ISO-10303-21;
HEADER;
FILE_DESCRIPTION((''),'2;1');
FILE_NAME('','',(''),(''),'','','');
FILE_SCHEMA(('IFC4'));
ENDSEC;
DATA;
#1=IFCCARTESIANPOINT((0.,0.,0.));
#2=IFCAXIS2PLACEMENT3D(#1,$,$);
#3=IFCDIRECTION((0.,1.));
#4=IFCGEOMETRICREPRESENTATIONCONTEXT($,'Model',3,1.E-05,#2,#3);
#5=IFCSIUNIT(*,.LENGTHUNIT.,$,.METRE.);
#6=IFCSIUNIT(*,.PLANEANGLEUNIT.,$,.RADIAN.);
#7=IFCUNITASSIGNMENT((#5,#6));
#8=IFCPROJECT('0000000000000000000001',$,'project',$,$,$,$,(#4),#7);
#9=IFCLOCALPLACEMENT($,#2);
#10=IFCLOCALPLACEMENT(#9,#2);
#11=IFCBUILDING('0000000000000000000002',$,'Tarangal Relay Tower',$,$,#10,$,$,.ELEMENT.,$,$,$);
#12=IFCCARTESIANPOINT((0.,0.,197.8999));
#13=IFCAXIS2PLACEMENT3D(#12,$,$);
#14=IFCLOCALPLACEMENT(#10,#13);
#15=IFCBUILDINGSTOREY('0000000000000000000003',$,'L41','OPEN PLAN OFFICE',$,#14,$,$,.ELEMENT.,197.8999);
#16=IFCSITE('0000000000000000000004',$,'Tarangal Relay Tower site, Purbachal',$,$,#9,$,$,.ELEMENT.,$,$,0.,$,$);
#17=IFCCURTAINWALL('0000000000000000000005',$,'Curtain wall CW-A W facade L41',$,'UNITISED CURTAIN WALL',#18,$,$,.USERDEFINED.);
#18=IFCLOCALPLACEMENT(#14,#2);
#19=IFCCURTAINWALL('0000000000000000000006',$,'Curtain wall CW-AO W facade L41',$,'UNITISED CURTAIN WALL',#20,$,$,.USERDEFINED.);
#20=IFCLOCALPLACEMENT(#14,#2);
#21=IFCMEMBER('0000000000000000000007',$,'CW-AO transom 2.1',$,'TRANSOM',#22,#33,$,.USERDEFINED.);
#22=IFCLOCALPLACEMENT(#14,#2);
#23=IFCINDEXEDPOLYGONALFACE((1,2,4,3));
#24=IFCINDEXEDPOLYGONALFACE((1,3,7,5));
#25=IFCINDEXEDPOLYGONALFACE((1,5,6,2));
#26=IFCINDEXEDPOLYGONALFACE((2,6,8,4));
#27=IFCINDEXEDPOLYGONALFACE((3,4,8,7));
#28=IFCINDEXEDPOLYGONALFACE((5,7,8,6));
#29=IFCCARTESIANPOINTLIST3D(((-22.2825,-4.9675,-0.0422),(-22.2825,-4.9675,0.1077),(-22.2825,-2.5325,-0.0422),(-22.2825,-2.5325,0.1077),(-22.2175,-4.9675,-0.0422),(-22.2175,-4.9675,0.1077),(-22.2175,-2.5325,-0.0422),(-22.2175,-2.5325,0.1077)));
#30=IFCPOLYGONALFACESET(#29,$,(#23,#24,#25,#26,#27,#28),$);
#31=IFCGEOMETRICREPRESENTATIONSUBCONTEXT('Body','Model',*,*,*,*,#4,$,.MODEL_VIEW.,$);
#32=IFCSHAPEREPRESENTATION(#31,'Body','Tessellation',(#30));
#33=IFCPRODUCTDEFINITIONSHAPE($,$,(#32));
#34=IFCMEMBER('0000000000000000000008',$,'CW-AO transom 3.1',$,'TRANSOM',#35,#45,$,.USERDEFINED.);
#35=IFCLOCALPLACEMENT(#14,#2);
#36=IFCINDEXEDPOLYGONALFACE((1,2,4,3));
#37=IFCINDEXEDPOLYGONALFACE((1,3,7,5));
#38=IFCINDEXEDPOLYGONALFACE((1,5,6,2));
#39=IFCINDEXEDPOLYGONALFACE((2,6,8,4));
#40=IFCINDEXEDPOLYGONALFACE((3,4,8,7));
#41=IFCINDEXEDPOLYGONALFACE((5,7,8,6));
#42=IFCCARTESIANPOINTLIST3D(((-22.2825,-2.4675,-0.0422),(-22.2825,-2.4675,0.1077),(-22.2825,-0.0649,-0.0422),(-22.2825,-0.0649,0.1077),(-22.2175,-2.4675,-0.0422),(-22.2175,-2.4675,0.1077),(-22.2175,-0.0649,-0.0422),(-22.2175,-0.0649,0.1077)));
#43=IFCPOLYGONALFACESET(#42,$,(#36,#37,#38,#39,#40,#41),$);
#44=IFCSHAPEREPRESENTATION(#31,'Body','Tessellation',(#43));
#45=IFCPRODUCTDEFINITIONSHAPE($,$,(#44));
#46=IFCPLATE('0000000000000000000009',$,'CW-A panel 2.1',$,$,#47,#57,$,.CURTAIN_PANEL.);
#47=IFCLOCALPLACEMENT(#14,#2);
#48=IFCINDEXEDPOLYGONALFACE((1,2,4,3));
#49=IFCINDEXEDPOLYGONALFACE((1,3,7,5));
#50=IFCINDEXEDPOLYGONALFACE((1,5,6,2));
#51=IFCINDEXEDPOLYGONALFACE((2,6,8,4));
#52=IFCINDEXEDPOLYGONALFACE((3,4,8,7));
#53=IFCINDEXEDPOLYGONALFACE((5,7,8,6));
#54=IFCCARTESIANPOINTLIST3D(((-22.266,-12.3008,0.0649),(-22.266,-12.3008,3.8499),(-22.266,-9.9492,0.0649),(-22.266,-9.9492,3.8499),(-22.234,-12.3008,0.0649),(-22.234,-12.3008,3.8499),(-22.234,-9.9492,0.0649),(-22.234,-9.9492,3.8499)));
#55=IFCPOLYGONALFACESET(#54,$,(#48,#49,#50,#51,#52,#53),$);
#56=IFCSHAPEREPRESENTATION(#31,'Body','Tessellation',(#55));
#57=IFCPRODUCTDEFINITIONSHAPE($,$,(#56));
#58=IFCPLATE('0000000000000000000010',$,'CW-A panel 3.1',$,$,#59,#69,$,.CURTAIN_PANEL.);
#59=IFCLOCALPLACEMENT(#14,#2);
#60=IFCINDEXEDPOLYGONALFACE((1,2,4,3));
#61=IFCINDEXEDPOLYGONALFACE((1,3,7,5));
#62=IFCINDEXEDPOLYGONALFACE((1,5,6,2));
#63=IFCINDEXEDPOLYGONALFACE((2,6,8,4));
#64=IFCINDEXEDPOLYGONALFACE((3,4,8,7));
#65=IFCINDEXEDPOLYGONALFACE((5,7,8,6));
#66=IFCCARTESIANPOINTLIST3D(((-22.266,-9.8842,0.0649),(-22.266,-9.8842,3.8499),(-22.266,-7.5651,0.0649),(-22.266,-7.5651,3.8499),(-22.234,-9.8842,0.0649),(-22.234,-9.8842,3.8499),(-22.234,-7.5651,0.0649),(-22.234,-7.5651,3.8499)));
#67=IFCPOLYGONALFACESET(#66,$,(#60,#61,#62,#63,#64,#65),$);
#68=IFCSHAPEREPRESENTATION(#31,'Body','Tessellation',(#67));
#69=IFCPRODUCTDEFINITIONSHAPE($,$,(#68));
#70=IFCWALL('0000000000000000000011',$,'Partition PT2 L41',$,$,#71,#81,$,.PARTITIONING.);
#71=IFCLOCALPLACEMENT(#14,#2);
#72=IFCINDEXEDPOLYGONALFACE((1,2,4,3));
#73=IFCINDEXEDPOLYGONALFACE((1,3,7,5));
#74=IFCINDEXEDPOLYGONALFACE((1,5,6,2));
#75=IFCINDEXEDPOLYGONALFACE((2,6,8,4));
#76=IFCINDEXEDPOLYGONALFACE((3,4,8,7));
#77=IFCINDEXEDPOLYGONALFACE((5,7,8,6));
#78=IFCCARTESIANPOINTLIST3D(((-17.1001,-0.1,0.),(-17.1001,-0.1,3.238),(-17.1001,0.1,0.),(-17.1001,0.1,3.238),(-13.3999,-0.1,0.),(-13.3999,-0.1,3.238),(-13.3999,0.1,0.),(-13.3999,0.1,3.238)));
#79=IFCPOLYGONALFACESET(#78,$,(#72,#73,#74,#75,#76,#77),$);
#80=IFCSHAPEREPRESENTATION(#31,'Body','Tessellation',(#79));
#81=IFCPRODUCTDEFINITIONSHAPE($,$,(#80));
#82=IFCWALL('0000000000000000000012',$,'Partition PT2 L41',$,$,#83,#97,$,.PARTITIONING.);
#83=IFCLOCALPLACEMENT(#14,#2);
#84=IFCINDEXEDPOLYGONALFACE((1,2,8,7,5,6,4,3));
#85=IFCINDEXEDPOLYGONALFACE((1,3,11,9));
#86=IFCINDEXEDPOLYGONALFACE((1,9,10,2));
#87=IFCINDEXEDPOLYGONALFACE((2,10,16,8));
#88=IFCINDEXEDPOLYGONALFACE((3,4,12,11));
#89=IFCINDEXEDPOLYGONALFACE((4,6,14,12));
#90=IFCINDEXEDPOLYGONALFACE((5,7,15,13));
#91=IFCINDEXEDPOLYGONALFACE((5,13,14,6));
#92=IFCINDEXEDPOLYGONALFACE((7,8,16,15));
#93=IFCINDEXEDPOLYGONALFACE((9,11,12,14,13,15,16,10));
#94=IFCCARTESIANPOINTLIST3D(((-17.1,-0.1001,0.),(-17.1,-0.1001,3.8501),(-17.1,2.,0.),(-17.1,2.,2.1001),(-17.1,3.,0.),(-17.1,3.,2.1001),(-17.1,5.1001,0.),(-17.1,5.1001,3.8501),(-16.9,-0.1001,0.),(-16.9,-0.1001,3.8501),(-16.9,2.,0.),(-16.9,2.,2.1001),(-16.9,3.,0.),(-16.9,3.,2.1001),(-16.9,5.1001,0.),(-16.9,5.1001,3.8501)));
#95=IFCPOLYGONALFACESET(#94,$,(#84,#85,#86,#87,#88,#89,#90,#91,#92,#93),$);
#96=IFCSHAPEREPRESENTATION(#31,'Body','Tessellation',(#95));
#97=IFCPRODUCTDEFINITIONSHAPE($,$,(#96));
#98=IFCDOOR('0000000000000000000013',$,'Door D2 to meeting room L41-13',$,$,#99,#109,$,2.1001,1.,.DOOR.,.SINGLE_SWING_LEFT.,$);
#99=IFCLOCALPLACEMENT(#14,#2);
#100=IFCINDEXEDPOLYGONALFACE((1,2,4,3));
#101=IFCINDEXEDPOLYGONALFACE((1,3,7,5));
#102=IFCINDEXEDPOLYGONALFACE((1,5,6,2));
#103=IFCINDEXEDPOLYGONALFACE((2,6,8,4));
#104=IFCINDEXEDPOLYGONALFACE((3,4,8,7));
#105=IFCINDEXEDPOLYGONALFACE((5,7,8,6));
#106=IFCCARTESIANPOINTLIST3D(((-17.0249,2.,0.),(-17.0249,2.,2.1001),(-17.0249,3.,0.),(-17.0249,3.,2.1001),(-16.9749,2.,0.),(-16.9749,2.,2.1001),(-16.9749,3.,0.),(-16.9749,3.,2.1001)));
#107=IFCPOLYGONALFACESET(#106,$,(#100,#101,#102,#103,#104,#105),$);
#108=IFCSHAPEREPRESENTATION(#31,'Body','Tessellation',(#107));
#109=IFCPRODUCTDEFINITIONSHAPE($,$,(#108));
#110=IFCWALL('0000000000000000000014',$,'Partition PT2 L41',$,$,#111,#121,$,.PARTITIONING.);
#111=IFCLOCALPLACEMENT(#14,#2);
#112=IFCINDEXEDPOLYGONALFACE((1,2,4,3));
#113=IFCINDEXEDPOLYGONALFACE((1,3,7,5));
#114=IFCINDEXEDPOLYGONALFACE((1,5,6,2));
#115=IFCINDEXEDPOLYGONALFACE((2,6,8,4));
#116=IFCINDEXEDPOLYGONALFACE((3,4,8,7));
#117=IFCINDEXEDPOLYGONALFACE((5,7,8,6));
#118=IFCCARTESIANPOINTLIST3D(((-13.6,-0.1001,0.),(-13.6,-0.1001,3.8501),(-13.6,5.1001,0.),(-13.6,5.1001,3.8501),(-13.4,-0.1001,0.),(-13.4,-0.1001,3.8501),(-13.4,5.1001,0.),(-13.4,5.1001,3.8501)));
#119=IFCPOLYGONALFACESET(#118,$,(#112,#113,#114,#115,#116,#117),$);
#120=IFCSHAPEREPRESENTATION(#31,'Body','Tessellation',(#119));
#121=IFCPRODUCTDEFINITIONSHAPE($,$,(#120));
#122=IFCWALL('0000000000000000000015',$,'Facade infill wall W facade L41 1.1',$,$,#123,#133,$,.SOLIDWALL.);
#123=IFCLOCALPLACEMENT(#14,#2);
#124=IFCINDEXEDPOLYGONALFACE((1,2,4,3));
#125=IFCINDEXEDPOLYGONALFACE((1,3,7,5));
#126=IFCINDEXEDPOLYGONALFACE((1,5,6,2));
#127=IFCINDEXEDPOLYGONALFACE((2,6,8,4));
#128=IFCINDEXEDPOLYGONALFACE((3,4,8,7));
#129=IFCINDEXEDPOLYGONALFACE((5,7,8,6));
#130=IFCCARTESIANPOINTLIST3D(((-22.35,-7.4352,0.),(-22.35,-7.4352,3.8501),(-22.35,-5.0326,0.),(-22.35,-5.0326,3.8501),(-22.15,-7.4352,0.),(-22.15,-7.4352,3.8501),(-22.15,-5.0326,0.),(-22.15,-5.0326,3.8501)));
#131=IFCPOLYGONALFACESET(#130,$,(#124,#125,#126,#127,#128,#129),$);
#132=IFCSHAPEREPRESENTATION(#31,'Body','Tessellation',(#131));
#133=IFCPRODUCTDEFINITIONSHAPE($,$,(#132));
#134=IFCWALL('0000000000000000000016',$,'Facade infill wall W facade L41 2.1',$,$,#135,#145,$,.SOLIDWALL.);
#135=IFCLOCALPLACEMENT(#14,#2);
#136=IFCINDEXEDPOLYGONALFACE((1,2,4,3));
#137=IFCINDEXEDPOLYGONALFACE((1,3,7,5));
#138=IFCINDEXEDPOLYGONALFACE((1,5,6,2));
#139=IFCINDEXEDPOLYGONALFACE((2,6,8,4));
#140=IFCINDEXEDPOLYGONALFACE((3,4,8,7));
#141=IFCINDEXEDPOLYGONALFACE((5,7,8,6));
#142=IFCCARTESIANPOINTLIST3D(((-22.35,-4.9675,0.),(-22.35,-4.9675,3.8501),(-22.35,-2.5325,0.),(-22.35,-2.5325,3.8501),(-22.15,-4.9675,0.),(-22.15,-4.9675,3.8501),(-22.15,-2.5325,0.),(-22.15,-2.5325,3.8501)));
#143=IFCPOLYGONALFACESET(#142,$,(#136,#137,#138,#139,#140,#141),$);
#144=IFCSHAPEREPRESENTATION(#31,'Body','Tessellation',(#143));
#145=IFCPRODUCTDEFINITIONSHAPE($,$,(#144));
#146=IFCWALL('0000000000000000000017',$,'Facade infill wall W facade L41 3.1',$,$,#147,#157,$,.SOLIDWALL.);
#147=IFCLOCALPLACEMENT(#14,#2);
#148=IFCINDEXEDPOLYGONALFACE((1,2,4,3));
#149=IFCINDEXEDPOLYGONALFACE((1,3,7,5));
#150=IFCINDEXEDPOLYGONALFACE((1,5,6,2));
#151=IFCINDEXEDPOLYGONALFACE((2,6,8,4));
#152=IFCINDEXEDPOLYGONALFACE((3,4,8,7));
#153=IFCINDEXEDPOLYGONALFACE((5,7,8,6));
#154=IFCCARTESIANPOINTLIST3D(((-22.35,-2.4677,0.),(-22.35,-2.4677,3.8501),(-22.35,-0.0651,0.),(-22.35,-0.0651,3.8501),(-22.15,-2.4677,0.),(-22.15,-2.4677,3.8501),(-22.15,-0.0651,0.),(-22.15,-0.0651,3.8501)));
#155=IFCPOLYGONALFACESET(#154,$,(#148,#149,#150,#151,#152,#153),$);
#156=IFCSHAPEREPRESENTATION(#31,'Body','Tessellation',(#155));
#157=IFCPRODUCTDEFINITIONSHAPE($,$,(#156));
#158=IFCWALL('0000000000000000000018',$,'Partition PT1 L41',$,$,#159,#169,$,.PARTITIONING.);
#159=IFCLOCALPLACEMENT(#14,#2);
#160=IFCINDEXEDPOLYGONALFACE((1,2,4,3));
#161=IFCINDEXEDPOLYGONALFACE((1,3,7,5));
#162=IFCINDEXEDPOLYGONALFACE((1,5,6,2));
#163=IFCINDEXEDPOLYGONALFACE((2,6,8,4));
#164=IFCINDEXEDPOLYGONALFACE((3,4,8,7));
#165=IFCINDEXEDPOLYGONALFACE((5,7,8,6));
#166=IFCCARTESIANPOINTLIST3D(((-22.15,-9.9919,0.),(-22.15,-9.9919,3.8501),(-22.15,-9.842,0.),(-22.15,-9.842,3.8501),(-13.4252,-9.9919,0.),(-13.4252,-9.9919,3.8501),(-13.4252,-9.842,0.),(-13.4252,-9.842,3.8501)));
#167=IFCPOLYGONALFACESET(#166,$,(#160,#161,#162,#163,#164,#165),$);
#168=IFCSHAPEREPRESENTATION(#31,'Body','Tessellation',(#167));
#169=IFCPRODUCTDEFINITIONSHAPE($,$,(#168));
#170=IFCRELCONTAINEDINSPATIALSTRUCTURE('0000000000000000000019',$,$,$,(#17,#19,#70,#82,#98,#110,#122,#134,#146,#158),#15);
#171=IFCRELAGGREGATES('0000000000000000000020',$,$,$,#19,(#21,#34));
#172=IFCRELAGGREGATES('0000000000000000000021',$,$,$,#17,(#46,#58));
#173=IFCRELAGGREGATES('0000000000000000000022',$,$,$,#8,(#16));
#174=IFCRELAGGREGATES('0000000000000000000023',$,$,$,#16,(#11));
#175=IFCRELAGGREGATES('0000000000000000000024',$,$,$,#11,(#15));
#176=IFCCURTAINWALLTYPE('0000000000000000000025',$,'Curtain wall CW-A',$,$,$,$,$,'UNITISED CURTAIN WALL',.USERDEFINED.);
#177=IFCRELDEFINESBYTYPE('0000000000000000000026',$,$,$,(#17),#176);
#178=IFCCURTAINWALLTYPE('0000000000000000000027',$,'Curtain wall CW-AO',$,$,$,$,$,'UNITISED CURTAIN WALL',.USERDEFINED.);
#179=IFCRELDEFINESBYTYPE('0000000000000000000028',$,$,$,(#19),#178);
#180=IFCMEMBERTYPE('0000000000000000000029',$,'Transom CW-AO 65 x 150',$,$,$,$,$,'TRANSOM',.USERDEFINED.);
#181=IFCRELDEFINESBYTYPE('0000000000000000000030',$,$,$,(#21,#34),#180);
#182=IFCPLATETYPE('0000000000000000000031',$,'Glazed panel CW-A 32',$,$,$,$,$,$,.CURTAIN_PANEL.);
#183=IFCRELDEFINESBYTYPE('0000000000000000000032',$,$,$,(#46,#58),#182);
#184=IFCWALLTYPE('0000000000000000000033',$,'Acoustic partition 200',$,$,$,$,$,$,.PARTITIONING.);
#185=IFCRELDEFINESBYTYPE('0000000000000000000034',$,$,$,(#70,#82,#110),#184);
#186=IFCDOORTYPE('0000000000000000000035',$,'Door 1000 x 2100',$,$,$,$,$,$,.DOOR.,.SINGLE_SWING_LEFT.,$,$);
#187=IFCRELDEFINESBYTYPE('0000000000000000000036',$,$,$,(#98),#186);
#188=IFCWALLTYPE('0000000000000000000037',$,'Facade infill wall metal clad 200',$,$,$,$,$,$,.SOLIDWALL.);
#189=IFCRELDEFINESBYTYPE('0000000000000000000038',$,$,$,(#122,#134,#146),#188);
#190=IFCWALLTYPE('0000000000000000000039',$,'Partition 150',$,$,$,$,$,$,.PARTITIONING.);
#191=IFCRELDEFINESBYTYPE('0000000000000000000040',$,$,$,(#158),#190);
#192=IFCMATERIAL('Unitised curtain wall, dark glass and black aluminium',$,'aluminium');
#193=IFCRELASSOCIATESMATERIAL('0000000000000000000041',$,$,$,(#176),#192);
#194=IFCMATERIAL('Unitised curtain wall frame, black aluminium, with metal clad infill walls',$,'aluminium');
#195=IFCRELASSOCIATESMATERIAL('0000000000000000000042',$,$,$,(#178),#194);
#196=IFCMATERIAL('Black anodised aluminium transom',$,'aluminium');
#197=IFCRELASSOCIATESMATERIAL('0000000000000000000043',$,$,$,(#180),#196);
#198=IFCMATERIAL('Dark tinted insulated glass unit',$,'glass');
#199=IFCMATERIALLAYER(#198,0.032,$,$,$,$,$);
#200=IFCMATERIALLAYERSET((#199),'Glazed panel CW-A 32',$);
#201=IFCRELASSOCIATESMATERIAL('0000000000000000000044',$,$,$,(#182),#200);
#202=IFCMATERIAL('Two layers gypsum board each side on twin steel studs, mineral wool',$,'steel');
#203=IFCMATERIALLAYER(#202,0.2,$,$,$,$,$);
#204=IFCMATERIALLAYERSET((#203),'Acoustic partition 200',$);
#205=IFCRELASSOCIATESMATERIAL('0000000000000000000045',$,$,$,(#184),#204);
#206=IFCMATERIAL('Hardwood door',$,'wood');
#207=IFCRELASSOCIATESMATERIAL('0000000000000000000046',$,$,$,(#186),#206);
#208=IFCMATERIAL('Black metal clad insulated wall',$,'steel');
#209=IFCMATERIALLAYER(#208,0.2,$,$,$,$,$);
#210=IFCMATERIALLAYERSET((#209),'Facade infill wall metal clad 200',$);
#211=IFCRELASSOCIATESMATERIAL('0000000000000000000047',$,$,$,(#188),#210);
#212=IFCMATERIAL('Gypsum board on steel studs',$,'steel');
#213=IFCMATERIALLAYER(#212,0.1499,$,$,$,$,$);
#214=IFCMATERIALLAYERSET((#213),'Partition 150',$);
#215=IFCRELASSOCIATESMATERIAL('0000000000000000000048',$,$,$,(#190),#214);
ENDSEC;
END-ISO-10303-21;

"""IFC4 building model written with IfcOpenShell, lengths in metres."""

from ifc_helpers import new_model, si_unit, direction, frame, frame_2d, origin, origin_2d, place, context, subcontext, project, spatial, rectangle, extrude, material, layer, layer_set, material_profile, profile_set, type_object, element, fill, aggregate, save


model = new_model("IFC4")

# Units and contexts
model_context = context("Model", 3, precision=1e-05, world=origin(), true_north=direction((0.0, 1.0)))
body_context = subcontext(model_context, "Body", "Model", "MODEL_VIEW")
ifc_project = project(units=[si_unit("LENGTHUNIT", "METRE"), si_unit("PLANEANGLEUNIT", "RADIAN")], contexts=[model_context])

# Site, building, storey
site_placement = place(None, origin())
site = spatial("IfcSite", under=ifc_project, at=site_placement, Name="Tarangal Relay Tower site, Purbachal", CompositionType="ELEMENT", RefElevation=0.0)
building_placement = place(site_placement, origin())
building = spatial("IfcBuilding", under=site, at=building_placement, Name="Tarangal Relay Tower", CompositionType="ELEMENT")
storey_placement = place(building_placement, frame((0.0, 0.0, 197.8999)))
storey = spatial("IfcBuildingStorey", under=building, at=storey_placement, Name="L41", Description="OPEN PLAN OFFICE", CompositionType="ELEMENT", Elevation=197.8999)

# Curtain walls
ifc_material_1 = material(Name="Unitised curtain wall, dark glass and black aluminium", Category="aluminium")
curtain_wall_type_1 = type_object("IfcCurtainWallType", Name="Curtain wall CW-A", ElementType="UNITISED CURTAIN WALL", PredefinedType="USERDEFINED", material=ifc_material_1)
curtain_wall_1_placement = place(storey_placement, origin())
curtain_wall_1 = element("IfcCurtainWall", 1, at=curtain_wall_1_placement, inside=storey, type_object=curtain_wall_type_1, Name="Curtain wall CW-A W facade L41", ObjectType="UNITISED CURTAIN WALL", PredefinedType="USERDEFINED")
ifc_material_2 = material(Name="Unitised curtain wall frame, black aluminium, with metal clad infill walls", Category="aluminium")
curtain_wall_type_2 = type_object("IfcCurtainWallType", Name="Curtain wall CW-AO", ElementType="UNITISED CURTAIN WALL", PredefinedType="USERDEFINED", material=ifc_material_2)
curtain_wall_2_placement = place(storey_placement, origin())
curtain_wall_2 = element("IfcCurtainWall", 2, at=curtain_wall_2_placement, inside=storey, type_object=curtain_wall_type_2, Name="Curtain wall CW-AO W facade L41", ObjectType="UNITISED CURTAIN WALL", PredefinedType="USERDEFINED")

# Members
ifc_material_3 = material(Name="Black anodised aluminium transom", Category="aluminium")
ifc_material_profile_1 = material_profile(ifc_material_3, rectangle(XDim=0.0649, YDim=0.1499, at=origin_2d()), Name="CW-AOT 65X150")
ifc_profile_set_1 = profile_set([ifc_material_profile_1], Name="Black anodised aluminium transom")
member_type_1 = type_object("IfcMemberType", Name="Transom CW-AO 65 x 150", ElementType="TRANSOM", PredefinedType="USERDEFINED", material=ifc_profile_set_1)
member_1_placement = place(storey_placement, frame((-22.25, -4.9675, 0.0327), z_axis=(0.0, 1.0, 0.0), x_axis=(-1.0, 0.0, 0.0)))
member_1 = element("IfcMember", 3, at=member_1_placement, type_object=member_type_1, Name="CW-AO transom 2.1", ObjectType="TRANSOM", PredefinedType="USERDEFINED", context=body_context, shape_type="SweptSolid", body=[
    extrude(rectangle(XDim=0.0649, YDim=0.1499, at=origin_2d()), origin(), (0.0, 0.0, 1.0), 2.4351),
])
member_2_placement = place(storey_placement, frame((-22.25, -2.4675, 0.0327), z_axis=(0.0, 1.0, 0.0), x_axis=(-1.0, 0.0, 0.0)))
member_2 = element("IfcMember", 4, at=member_2_placement, type_object=member_type_1, Name="CW-AO transom 3.1", ObjectType="TRANSOM", PredefinedType="USERDEFINED", context=body_context, shape_type="SweptSolid", body=[
    extrude(rectangle(XDim=0.0649, YDim=0.1499, at=origin_2d()), origin(), (0.0, 0.0, 1.0), 2.4026),
])
aggregate(curtain_wall_2, [member_1, member_2])

# Plates
ifc_material_4 = material(Name="Dark tinted insulated glass unit", Category="glass")
ifc_layer_1 = layer(ifc_material_4, 0.032)
ifc_layer_set_1 = layer_set([ifc_layer_1], Name="Glazed panel CW-A 32")
plate_type = type_object("IfcPlateType", Name="Glazed panel CW-A 32", PredefinedType="CURTAIN_PANEL", material=ifc_layer_set_1)
plate_1_placement = place(storey_placement, frame((-22.25, -11.125, 0.0649), z_axis=(0.0, 0.0, 1.0), x_axis=(0.0, 1.0, 0.0)))
plate_1 = element("IfcPlate", 5, at=plate_1_placement, type_object=plate_type, Name="CW-A panel 2.1", PredefinedType="CURTAIN_PANEL", context=body_context, shape_type="SweptSolid", body=[
    extrude(rectangle(XDim=2.3516, YDim=0.032, at=origin_2d()), origin(), (0.0, 0.0, 1.0), 3.7849),
])
plate_2_placement = place(storey_placement, frame((-22.25, -8.7246, 0.0649), z_axis=(0.0, 0.0, 1.0), x_axis=(0.0, 1.0, 0.0)))
plate_2 = element("IfcPlate", 6, at=plate_2_placement, type_object=plate_type, Name="CW-A panel 3.1", PredefinedType="CURTAIN_PANEL", context=body_context, shape_type="SweptSolid", body=[
    extrude(rectangle(XDim=2.3191, YDim=0.032, at=origin_2d()), origin(), (0.0, 0.0, 1.0), 3.7849),
])
aggregate(curtain_wall_1, [plate_1, plate_2])

# Wall
ifc_material_5 = material(Name="Two layers gypsum board each side on twin steel studs, mineral wool", Category="steel")
ifc_layer_2 = layer(ifc_material_5, 0.2)
ifc_layer_set_2 = layer_set([ifc_layer_2], Name="Acoustic partition 200")
wall_type_1 = type_object("IfcWallType", Name="Acoustic partition 200", PredefinedType="PARTITIONING", material=ifc_layer_set_2)
wall_1_placement = place(storey_placement, frame((-17.1001, 0.0, 0.0), z_axis=(0.0, 0.0, 1.0), x_axis=(1.0, 0.0, 0.0)))
element("IfcWall", 7, at=wall_1_placement, inside=storey, type_object=wall_type_1, Name="Partition PT2 L41", PredefinedType="PARTITIONING", context=body_context, shape_type="SweptSolid", body=[
    extrude(rectangle(XDim=3.7002, YDim=0.2, at=frame_2d((1.8501, 0.0))), origin(), (0.0, 0.0, 1.0), 3.238),
])

# Wall, opening, door
wall_2_placement = place(storey_placement, frame((-17.0, -0.1001, 0.0), z_axis=(0.0, 0.0, 1.0), x_axis=(0.0, 1.0, 0.0)))
wall_2 = element("IfcWall", 8, at=wall_2_placement, inside=storey, type_object=wall_type_1, Name="Partition PT2 L41", PredefinedType="PARTITIONING", context=body_context, shape_type="SweptSolid", body=[
    extrude(rectangle(XDim=5.2002, YDim=0.2, at=frame_2d((2.6001, 0.0))), origin(), (0.0, 0.0, 1.0), 3.8501),
])
opening_1_placement = place(wall_2_placement, frame((2.1001, 0.0, 0.0)))
opening_1 = element("IfcOpeningElement", 9, at=opening_1_placement, cuts=wall_2, PredefinedType="OPENING", context=body_context, shape_type="SweptSolid", body=[
    extrude(rectangle(XDim=1.0, YDim=2.1001, at=frame_2d((0.5, 1.05))), frame((0.0, 0.1099, 0.0), z_axis=(0.0, -1.0, 0.0), x_axis=(1.0, 0.0, 0.0)), (0.0, 0.0, 1.0), 0.22),
])
ifc_material_6 = material(Name="Hardwood door", Category="wood")
door_type = type_object("IfcDoorType", Name="Door 1000 x 2100", OperationType="SINGLE_SWING_LEFT", PredefinedType="DOOR", material=ifc_material_6)
door_1_placement = place(opening_1_placement, origin())
door_1 = element("IfcDoor", 10, at=door_1_placement, inside=storey, type_object=door_type, Name="Door D2 to meeting room L41-13", OperationType="SINGLE_SWING_LEFT", OverallHeight=2.1001, OverallWidth=1.0, PredefinedType="DOOR", context=body_context, shape_type="SweptSolid", body=[
    extrude(rectangle(XDim=1.0, YDim=2.1001, at=frame_2d((0.5, 1.05))), frame((0.0, 0.0249, 0.0), z_axis=(0.0, -1.0, 0.0), x_axis=(1.0, 0.0, 0.0)), (0.0, 0.0, 1.0), 0.05),
])
fill(opening_1, door_1)

# Walls
wall_3_placement = place(storey_placement, frame((-13.5, -0.1001, 0.0), z_axis=(0.0, 0.0, 1.0), x_axis=(0.0, 1.0, 0.0)))
element("IfcWall", 11, at=wall_3_placement, inside=storey, type_object=wall_type_1, Name="Partition PT2 L41", PredefinedType="PARTITIONING", context=body_context, shape_type="SweptSolid", body=[
    extrude(rectangle(XDim=5.2002, YDim=0.2, at=frame_2d((2.6001, 0.0))), origin(), (0.0, 0.0, 1.0), 3.8501),
])
ifc_material_7 = material(Name="Black metal clad insulated wall", Category="steel")
ifc_layer_3 = layer(ifc_material_7, 0.2)
ifc_layer_set_3 = layer_set([ifc_layer_3], Name="Facade infill wall metal clad 200")
wall_type_2 = type_object("IfcWallType", Name="Facade infill wall metal clad 200", PredefinedType="SOLIDWALL", material=ifc_layer_set_3)
wall_4_placement = place(storey_placement, frame((-22.25, -7.4351, 0.0), z_axis=(0.0, 0.0, 1.0), x_axis=(0.0, 1.0, 0.0)))
element("IfcWall", 12, at=wall_4_placement, inside=storey, type_object=wall_type_2, Name="Facade infill wall W facade L41 1.1", PredefinedType="SOLIDWALL", context=body_context, shape_type="SweptSolid", body=[
    extrude(rectangle(XDim=2.4026, YDim=0.2, at=frame_2d((1.2012, 0.0))), origin(), (0.0, 0.0, 1.0), 3.8501),
])
wall_5_placement = place(storey_placement, frame((-22.25, -4.9675, 0.0), z_axis=(0.0, 0.0, 1.0), x_axis=(0.0, 1.0, 0.0)))
element("IfcWall", 13, at=wall_5_placement, inside=storey, type_object=wall_type_2, Name="Facade infill wall W facade L41 2.1", PredefinedType="SOLIDWALL", context=body_context, shape_type="SweptSolid", body=[
    extrude(rectangle(XDim=2.4351, YDim=0.2, at=frame_2d((1.2175, 0.0))), origin(), (0.0, 0.0, 1.0), 3.8501),
])
wall_6_placement = place(storey_placement, frame((-22.25, -2.4675, 0.0), z_axis=(0.0, 0.0, 1.0), x_axis=(0.0, 1.0, 0.0)))
element("IfcWall", 14, at=wall_6_placement, inside=storey, type_object=wall_type_2, Name="Facade infill wall W facade L41 3.1", PredefinedType="SOLIDWALL", context=body_context, shape_type="SweptSolid", body=[
    extrude(rectangle(XDim=2.4026, YDim=0.2, at=frame_2d((1.2012, 0.0))), origin(), (0.0, 0.0, 1.0), 3.8501),
])
ifc_material_8 = material(Name="Gypsum board on steel studs", Category="steel")
ifc_layer_4 = layer(ifc_material_8, 0.1499)
ifc_layer_set_4 = layer_set([ifc_layer_4], Name="Partition 150")
wall_type_3 = type_object("IfcWallType", Name="Partition 150", PredefinedType="PARTITIONING", material=ifc_layer_set_4)
wall_7_placement = place(storey_placement, frame((-22.1499, -9.917, 0.0), z_axis=(0.0, 0.0, 1.0), x_axis=(1.0, 0.0, 0.0)))
element("IfcWall", 15, at=wall_7_placement, inside=storey, type_object=wall_type_3, Name="Partition PT1 L41", PredefinedType="PARTITIONING", context=body_context, shape_type="SweptSolid", body=[
    extrude(rectangle(XDim=8.7249, YDim=0.1499, at=frame_2d((4.3623, 0.0))), origin(), (0.0, 0.0, 1.0), 3.8501),
])

save(model, "model.ifc")
